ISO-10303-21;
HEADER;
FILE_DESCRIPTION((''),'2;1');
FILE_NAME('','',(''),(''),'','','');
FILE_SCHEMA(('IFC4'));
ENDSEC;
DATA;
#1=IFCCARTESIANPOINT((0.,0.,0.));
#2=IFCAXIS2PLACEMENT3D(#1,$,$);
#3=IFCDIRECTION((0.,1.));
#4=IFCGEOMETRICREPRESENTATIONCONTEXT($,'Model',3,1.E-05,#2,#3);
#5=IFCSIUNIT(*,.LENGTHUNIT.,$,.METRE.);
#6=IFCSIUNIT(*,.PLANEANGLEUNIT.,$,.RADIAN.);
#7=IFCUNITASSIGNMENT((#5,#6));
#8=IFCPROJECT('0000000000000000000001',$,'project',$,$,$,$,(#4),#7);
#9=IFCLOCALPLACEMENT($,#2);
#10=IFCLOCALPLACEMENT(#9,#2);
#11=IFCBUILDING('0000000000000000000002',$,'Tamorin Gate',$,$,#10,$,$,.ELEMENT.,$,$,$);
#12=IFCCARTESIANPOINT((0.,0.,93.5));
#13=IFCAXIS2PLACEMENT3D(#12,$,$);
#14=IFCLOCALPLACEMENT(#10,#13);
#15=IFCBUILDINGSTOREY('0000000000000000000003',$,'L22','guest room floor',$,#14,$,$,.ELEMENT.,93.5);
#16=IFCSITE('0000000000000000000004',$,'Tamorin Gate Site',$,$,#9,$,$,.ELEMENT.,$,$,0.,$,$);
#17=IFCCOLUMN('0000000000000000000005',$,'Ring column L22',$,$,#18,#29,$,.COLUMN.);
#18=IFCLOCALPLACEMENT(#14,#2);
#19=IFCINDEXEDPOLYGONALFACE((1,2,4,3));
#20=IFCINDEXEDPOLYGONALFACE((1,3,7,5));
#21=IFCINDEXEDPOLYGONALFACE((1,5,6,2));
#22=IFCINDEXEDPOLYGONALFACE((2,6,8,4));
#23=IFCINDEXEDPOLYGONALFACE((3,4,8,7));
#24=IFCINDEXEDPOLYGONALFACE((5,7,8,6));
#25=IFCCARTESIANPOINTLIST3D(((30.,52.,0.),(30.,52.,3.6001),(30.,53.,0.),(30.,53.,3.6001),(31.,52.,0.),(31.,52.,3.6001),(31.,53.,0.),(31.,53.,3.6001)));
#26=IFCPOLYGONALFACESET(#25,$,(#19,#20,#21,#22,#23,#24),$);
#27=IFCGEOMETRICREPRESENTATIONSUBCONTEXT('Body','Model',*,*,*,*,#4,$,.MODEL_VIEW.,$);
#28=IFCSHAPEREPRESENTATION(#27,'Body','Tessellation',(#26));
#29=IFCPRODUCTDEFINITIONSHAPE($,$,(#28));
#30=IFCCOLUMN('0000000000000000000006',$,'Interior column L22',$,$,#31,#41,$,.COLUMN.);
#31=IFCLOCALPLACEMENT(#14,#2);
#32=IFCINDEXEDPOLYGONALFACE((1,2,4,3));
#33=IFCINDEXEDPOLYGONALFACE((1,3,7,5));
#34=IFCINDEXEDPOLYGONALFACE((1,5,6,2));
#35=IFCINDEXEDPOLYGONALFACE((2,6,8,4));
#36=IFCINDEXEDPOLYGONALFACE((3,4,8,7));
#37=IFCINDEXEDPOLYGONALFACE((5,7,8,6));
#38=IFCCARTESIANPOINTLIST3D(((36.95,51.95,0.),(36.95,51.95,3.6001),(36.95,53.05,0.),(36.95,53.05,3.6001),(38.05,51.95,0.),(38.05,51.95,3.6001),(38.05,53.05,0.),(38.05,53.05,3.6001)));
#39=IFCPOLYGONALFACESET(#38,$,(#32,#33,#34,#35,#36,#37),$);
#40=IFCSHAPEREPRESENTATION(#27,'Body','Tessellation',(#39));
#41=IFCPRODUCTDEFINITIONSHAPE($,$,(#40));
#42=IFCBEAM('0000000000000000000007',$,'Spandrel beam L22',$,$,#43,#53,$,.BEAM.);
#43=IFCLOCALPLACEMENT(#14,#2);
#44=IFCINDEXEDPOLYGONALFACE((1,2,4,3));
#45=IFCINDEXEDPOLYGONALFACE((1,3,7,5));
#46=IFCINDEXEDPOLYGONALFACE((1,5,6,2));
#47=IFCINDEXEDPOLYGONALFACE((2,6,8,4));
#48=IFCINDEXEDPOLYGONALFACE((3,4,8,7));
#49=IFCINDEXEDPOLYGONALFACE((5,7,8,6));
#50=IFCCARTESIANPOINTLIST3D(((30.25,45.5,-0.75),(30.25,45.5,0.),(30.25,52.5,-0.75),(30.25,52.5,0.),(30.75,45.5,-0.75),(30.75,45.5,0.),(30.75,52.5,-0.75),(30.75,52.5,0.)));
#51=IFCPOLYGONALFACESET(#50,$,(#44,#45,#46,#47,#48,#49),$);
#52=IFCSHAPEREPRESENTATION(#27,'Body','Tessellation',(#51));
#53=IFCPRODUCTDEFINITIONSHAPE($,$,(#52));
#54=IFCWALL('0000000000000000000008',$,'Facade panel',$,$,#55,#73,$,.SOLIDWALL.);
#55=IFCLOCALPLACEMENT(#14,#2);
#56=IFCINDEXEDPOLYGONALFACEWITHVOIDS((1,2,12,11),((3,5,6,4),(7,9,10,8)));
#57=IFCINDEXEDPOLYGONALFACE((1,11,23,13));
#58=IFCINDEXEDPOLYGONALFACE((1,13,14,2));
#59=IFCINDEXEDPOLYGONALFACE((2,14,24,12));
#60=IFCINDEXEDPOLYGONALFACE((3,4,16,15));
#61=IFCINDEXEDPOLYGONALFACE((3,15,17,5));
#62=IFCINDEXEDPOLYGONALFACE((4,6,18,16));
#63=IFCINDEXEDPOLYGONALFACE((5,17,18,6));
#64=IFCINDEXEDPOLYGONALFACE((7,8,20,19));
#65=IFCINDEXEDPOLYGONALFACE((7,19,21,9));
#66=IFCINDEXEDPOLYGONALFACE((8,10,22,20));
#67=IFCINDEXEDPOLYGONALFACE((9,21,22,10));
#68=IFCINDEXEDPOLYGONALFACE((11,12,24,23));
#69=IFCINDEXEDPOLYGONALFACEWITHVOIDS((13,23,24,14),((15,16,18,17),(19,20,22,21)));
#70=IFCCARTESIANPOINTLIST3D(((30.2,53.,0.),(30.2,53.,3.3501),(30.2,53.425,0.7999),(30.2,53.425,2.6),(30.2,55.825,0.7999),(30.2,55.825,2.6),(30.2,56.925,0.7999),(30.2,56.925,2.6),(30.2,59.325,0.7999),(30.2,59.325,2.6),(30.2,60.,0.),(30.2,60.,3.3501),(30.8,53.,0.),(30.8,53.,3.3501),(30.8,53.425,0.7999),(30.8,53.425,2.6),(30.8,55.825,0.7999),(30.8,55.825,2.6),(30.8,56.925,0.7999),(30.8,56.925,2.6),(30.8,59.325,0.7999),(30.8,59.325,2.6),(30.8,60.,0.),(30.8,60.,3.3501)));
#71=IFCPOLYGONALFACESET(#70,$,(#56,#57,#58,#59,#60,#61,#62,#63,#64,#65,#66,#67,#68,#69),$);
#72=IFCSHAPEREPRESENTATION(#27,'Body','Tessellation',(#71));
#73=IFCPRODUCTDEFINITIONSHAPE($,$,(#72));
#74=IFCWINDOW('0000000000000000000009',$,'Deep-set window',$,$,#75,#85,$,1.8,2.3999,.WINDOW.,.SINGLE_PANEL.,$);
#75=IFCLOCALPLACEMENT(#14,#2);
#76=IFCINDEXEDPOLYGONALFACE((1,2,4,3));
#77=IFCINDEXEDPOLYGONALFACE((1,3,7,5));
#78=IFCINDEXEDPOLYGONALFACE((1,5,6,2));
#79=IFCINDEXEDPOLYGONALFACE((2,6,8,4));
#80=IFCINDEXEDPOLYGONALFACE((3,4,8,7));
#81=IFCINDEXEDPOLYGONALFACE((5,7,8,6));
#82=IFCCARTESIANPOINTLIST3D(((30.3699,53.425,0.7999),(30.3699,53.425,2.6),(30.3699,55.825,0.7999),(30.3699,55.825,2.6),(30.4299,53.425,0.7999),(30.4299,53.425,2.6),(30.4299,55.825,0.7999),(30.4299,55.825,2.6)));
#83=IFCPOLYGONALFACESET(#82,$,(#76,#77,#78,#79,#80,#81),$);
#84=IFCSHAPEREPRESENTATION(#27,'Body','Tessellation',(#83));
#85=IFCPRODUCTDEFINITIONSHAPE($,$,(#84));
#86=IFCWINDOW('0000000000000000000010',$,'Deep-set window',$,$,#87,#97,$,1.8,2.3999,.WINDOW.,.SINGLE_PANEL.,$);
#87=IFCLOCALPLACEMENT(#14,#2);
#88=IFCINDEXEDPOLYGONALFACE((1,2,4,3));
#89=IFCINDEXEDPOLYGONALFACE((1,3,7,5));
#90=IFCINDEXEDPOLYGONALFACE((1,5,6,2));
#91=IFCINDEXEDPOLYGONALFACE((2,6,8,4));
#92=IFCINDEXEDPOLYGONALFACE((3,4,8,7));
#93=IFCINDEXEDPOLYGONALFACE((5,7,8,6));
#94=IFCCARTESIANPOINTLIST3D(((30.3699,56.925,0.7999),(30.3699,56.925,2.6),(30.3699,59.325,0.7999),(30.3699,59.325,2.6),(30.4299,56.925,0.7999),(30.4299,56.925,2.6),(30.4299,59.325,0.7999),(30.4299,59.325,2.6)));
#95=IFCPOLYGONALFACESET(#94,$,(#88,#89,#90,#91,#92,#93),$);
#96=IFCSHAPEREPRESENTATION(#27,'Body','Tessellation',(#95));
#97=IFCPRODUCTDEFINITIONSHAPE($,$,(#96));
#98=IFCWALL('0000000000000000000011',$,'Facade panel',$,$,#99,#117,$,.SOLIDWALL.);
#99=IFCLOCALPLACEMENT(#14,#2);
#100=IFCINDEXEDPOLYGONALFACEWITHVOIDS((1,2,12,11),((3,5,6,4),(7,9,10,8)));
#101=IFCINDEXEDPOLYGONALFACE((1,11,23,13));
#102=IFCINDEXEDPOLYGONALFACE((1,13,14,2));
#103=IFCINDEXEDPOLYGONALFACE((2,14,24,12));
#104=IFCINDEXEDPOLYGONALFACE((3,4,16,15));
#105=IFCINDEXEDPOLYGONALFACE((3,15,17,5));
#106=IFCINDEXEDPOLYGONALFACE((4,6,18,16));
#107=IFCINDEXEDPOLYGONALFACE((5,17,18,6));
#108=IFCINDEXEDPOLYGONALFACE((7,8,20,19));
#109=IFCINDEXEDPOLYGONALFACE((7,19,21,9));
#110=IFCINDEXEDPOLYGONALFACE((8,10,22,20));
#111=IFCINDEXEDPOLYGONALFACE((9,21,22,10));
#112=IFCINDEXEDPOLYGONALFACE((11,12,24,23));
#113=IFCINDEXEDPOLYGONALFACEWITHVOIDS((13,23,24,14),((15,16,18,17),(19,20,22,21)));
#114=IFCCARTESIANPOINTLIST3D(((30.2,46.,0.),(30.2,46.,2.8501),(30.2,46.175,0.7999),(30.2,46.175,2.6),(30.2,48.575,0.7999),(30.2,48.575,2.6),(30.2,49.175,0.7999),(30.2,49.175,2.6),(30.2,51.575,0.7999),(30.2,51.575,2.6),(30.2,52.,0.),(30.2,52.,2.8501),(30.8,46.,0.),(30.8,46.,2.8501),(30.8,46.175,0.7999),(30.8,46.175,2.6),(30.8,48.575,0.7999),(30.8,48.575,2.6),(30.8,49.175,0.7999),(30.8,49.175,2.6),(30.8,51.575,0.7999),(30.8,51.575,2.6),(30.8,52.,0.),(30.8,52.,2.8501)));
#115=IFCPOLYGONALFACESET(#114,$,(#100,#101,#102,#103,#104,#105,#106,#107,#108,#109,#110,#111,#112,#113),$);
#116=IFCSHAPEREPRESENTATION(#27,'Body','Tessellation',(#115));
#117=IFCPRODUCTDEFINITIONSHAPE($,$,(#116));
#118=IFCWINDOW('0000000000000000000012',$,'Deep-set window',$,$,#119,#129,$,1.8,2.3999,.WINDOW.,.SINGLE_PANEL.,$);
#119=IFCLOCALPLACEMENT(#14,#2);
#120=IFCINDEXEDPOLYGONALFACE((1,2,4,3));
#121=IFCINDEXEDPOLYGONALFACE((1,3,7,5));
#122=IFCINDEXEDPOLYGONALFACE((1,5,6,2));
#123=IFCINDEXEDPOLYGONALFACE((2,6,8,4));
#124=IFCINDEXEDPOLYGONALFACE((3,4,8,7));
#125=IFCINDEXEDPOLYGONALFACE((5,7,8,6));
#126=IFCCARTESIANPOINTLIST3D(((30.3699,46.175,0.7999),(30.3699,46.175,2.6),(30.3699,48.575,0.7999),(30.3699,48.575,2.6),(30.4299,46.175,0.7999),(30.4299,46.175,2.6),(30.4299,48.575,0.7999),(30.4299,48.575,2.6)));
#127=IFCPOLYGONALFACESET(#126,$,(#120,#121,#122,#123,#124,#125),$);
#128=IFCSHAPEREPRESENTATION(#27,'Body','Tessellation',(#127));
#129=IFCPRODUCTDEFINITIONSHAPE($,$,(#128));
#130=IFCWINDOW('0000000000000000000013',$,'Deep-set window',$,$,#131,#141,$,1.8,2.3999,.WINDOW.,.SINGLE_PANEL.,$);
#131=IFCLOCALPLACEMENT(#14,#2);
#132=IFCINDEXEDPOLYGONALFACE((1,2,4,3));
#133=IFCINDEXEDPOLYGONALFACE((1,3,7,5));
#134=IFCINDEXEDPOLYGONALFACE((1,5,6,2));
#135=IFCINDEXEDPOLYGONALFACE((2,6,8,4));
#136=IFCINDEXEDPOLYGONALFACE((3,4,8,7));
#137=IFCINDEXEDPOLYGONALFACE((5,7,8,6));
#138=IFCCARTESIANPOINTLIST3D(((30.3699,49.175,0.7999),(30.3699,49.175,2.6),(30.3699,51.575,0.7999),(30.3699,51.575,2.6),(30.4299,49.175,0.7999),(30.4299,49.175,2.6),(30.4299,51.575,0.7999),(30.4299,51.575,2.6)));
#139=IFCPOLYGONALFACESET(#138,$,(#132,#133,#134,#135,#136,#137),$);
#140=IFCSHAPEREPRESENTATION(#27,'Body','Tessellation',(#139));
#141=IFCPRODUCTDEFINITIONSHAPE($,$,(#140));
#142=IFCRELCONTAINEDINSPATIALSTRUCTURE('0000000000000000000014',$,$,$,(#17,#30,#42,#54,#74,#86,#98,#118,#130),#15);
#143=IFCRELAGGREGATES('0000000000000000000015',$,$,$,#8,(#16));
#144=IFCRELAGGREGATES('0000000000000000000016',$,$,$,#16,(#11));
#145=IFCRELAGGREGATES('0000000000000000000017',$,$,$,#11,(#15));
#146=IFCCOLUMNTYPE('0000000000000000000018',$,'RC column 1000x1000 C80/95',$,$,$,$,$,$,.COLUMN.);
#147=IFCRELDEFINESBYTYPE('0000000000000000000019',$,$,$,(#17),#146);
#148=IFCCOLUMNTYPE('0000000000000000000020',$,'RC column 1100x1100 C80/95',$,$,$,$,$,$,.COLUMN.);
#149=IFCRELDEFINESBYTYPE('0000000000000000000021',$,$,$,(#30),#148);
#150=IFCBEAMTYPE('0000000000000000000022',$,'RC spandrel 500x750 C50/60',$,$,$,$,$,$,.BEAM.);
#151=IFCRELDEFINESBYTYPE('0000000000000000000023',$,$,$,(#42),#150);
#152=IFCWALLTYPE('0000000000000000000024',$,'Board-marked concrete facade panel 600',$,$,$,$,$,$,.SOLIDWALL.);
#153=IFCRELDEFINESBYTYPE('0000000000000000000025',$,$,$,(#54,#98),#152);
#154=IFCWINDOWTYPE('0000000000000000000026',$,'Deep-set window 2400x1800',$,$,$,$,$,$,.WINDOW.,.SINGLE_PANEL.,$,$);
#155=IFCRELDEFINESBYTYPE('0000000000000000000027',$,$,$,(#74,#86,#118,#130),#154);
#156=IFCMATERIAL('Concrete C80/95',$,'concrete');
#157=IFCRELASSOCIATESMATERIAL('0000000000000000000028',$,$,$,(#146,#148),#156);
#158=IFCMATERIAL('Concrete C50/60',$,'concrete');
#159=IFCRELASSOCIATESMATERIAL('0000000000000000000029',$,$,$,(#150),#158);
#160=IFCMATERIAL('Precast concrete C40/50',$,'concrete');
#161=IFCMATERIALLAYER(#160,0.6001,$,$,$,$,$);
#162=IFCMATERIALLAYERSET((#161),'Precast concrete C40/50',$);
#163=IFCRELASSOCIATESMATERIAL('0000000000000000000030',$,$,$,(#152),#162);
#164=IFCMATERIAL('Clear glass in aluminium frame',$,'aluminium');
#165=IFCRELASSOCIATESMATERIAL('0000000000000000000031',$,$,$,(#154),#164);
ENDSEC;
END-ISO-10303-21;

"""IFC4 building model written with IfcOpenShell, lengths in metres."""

from ifc_helpers import new_model, si_unit, direction, frame, frame_2d, origin, origin_2d, place, context, subcontext, project, spatial, rectangle, extrude, material, layer, layer_set, material_profile, profile_set, type_object, element, fill, save


model = new_model("IFC4")

# Units and contexts
model_context = context("Model", 3, precision=1e-05, world=origin(), true_north=direction((0.0, 1.0)))
body_context = subcontext(model_context, "Body", "Model", "MODEL_VIEW")
ifc_project = project(units=[si_unit("LENGTHUNIT", "METRE"), si_unit("PLANEANGLEUNIT", "RADIAN")], contexts=[model_context])

# Site, building, storey
site_placement = place(None, origin())
site = spatial("IfcSite", under=ifc_project, at=site_placement, Name="Tamorin Gate Site", CompositionType="ELEMENT", RefElevation=0.0)
building_placement = place(site_placement, origin())
building = spatial("IfcBuilding", under=site, at=building_placement, Name="Tamorin Gate", CompositionType="ELEMENT")
storey_placement = place(building_placement, frame((0.0, 0.0, 93.5)))
storey = spatial("IfcBuildingStorey", under=building, at=storey_placement, Name="L22", Description="guest room floor", CompositionType="ELEMENT", Elevation=93.5)

# Columns
ifc_material_1 = material(Name="Concrete C80/95", Category="concrete")
ifc_material_profile_1 = material_profile(ifc_material_1, rectangle(XDim=1.0, YDim=1.0, at=origin_2d()), Name="RC 1000x1000")
ifc_profile_set_1 = profile_set([ifc_material_profile_1], Name="Concrete C80/95")
column_type_1 = type_object("IfcColumnType", Name="RC column 1000x1000 C80/95", PredefinedType="COLUMN", material=ifc_profile_set_1)
column_1_placement = place(storey_placement, frame((30.5, 52.5, 0.0), z_axis=(0.0, 0.0, 1.0), x_axis=(1.0, 0.0, 0.0)))
element("IfcColumn", 1, at=column_1_placement, inside=storey, type_object=column_type_1, Name="Ring column L22", PredefinedType="COLUMN", context=body_context, shape_type="SweptSolid", body=[
    extrude(rectangle(XDim=1.0, YDim=1.0, at=origin_2d()), origin(), (0.0, 0.0, 1.0), 3.6001),
])
ifc_material_profile_2 = material_profile(ifc_material_1, rectangle(XDim=1.1001, YDim=1.1001, at=origin_2d()), Name="RC 1100x1100")
ifc_profile_set_2 = profile_set([ifc_material_profile_2], Name="Concrete C80/95")
column_type_2 = type_object("IfcColumnType", Name="RC column 1100x1100 C80/95", PredefinedType="COLUMN", material=ifc_profile_set_2)
column_2_placement = place(storey_placement, frame((37.5, 52.5, 0.0), z_axis=(0.0, 0.0, 1.0), x_axis=(1.0, 0.0, 0.0)))
element("IfcColumn", 2, at=column_2_placement, inside=storey, type_object=column_type_2, Name="Interior column L22", PredefinedType="COLUMN", context=body_context, shape_type="SweptSolid", body=[
    extrude(rectangle(XDim=1.1001, YDim=1.1001, at=origin_2d()), origin(), (0.0, 0.0, 1.0), 3.6001),
])

# Beam
ifc_material_2 = material(Name="Concrete C50/60", Category="concrete")
ifc_material_profile_3 = material_profile(ifc_material_2, rectangle(XDim=0.5, YDim=0.75, at=origin_2d()), Name="RC 500x750")
ifc_profile_set_3 = profile_set([ifc_material_profile_3], Name="Concrete C50/60")
beam_type = type_object("IfcBeamType", Name="RC spandrel 500x750 C50/60", PredefinedType="BEAM", material=ifc_profile_set_3)
beam_placement = place(storey_placement, frame((30.5, 52.5, -0.375), z_axis=(0.0, -1.0, 0.0), x_axis=(1.0, 0.0, 0.0)))
element("IfcBeam", 3, at=beam_placement, inside=storey, type_object=beam_type, Name="Spandrel beam L22", PredefinedType="BEAM", context=body_context, shape_type="SweptSolid", body=[
    extrude(rectangle(XDim=0.5, YDim=0.75, at=origin_2d()), origin(), (0.0, 0.0, 1.0), 7.0),
])

# Walls, openings, windows
ifc_material_3 = material(Name="Precast concrete C40/50", Category="concrete")
ifc_layer_1 = layer(ifc_material_3, 0.6001)
ifc_layer_set_1 = layer_set([ifc_layer_1], Name="Precast concrete C40/50")
wall_type_1 = type_object("IfcWallType", Name="Board-marked concrete facade panel 600", PredefinedType="SOLIDWALL", material=ifc_layer_set_1)
wall_1_placement = place(storey_placement, frame((30.5, 60.0, 0.0), z_axis=(0.0, 0.0, 1.0), x_axis=(0.0, -1.0, 0.0)))
wall_1 = element("IfcWall", 4, at=wall_1_placement, inside=storey, type_object=wall_type_1, Name="Facade panel", PredefinedType="SOLIDWALL", context=body_context, shape_type="SweptSolid", body=[
    extrude(rectangle(XDim=7.0, YDim=0.6001, at=frame_2d((3.5, 0.0))), origin(), (0.0, 0.0, 1.0), 3.3501),
])
opening_1_placement = place(wall_1_placement, frame((4.175, 0.0, 0.8)))
opening_1 = element("IfcOpeningElement", 5, at=opening_1_placement, cuts=wall_1, PredefinedType="OPENING", context=body_context, shape_type="SweptSolid", body=[
    extrude(rectangle(XDim=2.3999, YDim=1.8, at=frame_2d((1.2, 0.8999))), frame((0.0, 0.3101, 0.0), z_axis=(0.0, -1.0, 0.0), x_axis=(1.0, 0.0, 0.0)), (0.0, 0.0, 1.0), 0.6201),
])
opening_2_placement = place(wall_1_placement, frame((0.675, 0.0, 0.8)))
opening_2 = element("IfcOpeningElement", 6, at=opening_2_placement, cuts=wall_1, PredefinedType="OPENING", context=body_context, shape_type="SweptSolid", body=[
    extrude(rectangle(XDim=2.3999, YDim=1.8, at=frame_2d((1.2, 0.8999))), frame((0.0, 0.3101, 0.0), z_axis=(0.0, -1.0, 0.0), x_axis=(1.0, 0.0, 0.0)), (0.0, 0.0, 1.0), 0.6201),
])
ifc_material_4 = material(Name="Clear glass in aluminium frame", Category="aluminium")
window_type = type_object("IfcWindowType", Name="Deep-set window 2400x1800", PartitioningType="SINGLE_PANEL", PredefinedType="WINDOW", material=ifc_material_4)
window_1_placement = place(opening_1_placement, origin())
window_1 = element("IfcWindow", 7, at=window_1_placement, inside=storey, type_object=window_type, Name="Deep-set window", OverallHeight=1.8, OverallWidth=2.3999, PartitioningType="SINGLE_PANEL", PredefinedType="WINDOW", context=body_context, shape_type="SweptSolid", body=[
    extrude(rectangle(XDim=2.3999, YDim=1.8, at=frame_2d((1.2, 0.8999))), frame((0.0, -0.0701, 0.0), z_axis=(0.0, -1.0, 0.0), x_axis=(1.0, 0.0, 0.0)), (0.0, 0.0, 1.0), 0.0601),
])
fill(opening_1, window_1)
window_2_placement = place(opening_2_placement, origin())
window_2 = element("IfcWindow", 8, at=window_2_placement, inside=storey, type_object=window_type, Name="Deep-set window", OverallHeight=1.8, OverallWidth=2.3999, PartitioningType="SINGLE_PANEL", PredefinedType="WINDOW", context=body_context, shape_type="SweptSolid", body=[
    extrude(rectangle(XDim=2.3999, YDim=1.8, at=frame_2d((1.2, 0.8999))), frame((0.0, -0.0701, 0.0), z_axis=(0.0, -1.0, 0.0), x_axis=(1.0, 0.0, 0.0)), (0.0, 0.0, 1.0), 0.0601),
])
fill(opening_2, window_2)
wall_2_placement = place(storey_placement, frame((30.5, 52.0, 0.0), z_axis=(0.0, 0.0, 1.0), x_axis=(0.0, -1.0, 0.0)))
wall_2 = element("IfcWall", 9, at=wall_2_placement, inside=storey, type_object=wall_type_1, Name="Facade panel", PredefinedType="SOLIDWALL", context=body_context, shape_type="SweptSolid", body=[
    extrude(rectangle(XDim=6.0, YDim=0.6001, at=frame_2d((3.0, 0.0))), origin(), (0.0, 0.0, 1.0), 2.8501),
])
opening_3_placement = place(wall_2_placement, frame((3.425, 0.0, 0.8)))
opening_3 = element("IfcOpeningElement", 10, at=opening_3_placement, cuts=wall_2, PredefinedType="OPENING", context=body_context, shape_type="SweptSolid", body=[
    extrude(rectangle(XDim=2.3999, YDim=1.8, at=frame_2d((1.2, 0.8999))), frame((0.0, 0.3101, 0.0), z_axis=(0.0, -1.0, 0.0), x_axis=(1.0, 0.0, 0.0)), (0.0, 0.0, 1.0), 0.6201),
])
opening_4_placement = place(wall_2_placement, frame((0.425, 0.0, 0.8)))
opening_4 = element("IfcOpeningElement", 11, at=opening_4_placement, cuts=wall_2, PredefinedType="OPENING", context=body_context, shape_type="SweptSolid", body=[
    extrude(rectangle(XDim=2.3999, YDim=1.8, at=frame_2d((1.2, 0.8999))), frame((0.0, 0.3101, 0.0), z_axis=(0.0, -1.0, 0.0), x_axis=(1.0, 0.0, 0.0)), (0.0, 0.0, 1.0), 0.6201),
])
window_3_placement = place(opening_3_placement, origin())
window_3 = element("IfcWindow", 12, at=window_3_placement, inside=storey, type_object=window_type, Name="Deep-set window", OverallHeight=1.8, OverallWidth=2.3999, PartitioningType="SINGLE_PANEL", PredefinedType="WINDOW", context=body_context, shape_type="SweptSolid", body=[
    extrude(rectangle(XDim=2.3999, YDim=1.8, at=frame_2d((1.2, 0.8999))), frame((0.0, -0.0701, 0.0), z_axis=(0.0, -1.0, 0.0), x_axis=(1.0, 0.0, 0.0)), (0.0, 0.0, 1.0), 0.0601),
])
fill(opening_3, window_3)
window_4_placement = place(opening_4_placement, origin())
window_4 = element("IfcWindow", 13, at=window_4_placement, inside=storey, type_object=window_type, Name="Deep-set window", OverallHeight=1.8, OverallWidth=2.3999, PartitioningType="SINGLE_PANEL", PredefinedType="WINDOW", context=body_context, shape_type="SweptSolid", body=[
    extrude(rectangle(XDim=2.3999, YDim=1.8, at=frame_2d((1.2, 0.8999))), frame((0.0, -0.0701, 0.0), z_axis=(0.0, -1.0, 0.0), x_axis=(1.0, 0.0, 0.0)), (0.0, 0.0, 1.0), 0.0601),
])
fill(opening_4, window_4)

save(model, "model.ifc")
